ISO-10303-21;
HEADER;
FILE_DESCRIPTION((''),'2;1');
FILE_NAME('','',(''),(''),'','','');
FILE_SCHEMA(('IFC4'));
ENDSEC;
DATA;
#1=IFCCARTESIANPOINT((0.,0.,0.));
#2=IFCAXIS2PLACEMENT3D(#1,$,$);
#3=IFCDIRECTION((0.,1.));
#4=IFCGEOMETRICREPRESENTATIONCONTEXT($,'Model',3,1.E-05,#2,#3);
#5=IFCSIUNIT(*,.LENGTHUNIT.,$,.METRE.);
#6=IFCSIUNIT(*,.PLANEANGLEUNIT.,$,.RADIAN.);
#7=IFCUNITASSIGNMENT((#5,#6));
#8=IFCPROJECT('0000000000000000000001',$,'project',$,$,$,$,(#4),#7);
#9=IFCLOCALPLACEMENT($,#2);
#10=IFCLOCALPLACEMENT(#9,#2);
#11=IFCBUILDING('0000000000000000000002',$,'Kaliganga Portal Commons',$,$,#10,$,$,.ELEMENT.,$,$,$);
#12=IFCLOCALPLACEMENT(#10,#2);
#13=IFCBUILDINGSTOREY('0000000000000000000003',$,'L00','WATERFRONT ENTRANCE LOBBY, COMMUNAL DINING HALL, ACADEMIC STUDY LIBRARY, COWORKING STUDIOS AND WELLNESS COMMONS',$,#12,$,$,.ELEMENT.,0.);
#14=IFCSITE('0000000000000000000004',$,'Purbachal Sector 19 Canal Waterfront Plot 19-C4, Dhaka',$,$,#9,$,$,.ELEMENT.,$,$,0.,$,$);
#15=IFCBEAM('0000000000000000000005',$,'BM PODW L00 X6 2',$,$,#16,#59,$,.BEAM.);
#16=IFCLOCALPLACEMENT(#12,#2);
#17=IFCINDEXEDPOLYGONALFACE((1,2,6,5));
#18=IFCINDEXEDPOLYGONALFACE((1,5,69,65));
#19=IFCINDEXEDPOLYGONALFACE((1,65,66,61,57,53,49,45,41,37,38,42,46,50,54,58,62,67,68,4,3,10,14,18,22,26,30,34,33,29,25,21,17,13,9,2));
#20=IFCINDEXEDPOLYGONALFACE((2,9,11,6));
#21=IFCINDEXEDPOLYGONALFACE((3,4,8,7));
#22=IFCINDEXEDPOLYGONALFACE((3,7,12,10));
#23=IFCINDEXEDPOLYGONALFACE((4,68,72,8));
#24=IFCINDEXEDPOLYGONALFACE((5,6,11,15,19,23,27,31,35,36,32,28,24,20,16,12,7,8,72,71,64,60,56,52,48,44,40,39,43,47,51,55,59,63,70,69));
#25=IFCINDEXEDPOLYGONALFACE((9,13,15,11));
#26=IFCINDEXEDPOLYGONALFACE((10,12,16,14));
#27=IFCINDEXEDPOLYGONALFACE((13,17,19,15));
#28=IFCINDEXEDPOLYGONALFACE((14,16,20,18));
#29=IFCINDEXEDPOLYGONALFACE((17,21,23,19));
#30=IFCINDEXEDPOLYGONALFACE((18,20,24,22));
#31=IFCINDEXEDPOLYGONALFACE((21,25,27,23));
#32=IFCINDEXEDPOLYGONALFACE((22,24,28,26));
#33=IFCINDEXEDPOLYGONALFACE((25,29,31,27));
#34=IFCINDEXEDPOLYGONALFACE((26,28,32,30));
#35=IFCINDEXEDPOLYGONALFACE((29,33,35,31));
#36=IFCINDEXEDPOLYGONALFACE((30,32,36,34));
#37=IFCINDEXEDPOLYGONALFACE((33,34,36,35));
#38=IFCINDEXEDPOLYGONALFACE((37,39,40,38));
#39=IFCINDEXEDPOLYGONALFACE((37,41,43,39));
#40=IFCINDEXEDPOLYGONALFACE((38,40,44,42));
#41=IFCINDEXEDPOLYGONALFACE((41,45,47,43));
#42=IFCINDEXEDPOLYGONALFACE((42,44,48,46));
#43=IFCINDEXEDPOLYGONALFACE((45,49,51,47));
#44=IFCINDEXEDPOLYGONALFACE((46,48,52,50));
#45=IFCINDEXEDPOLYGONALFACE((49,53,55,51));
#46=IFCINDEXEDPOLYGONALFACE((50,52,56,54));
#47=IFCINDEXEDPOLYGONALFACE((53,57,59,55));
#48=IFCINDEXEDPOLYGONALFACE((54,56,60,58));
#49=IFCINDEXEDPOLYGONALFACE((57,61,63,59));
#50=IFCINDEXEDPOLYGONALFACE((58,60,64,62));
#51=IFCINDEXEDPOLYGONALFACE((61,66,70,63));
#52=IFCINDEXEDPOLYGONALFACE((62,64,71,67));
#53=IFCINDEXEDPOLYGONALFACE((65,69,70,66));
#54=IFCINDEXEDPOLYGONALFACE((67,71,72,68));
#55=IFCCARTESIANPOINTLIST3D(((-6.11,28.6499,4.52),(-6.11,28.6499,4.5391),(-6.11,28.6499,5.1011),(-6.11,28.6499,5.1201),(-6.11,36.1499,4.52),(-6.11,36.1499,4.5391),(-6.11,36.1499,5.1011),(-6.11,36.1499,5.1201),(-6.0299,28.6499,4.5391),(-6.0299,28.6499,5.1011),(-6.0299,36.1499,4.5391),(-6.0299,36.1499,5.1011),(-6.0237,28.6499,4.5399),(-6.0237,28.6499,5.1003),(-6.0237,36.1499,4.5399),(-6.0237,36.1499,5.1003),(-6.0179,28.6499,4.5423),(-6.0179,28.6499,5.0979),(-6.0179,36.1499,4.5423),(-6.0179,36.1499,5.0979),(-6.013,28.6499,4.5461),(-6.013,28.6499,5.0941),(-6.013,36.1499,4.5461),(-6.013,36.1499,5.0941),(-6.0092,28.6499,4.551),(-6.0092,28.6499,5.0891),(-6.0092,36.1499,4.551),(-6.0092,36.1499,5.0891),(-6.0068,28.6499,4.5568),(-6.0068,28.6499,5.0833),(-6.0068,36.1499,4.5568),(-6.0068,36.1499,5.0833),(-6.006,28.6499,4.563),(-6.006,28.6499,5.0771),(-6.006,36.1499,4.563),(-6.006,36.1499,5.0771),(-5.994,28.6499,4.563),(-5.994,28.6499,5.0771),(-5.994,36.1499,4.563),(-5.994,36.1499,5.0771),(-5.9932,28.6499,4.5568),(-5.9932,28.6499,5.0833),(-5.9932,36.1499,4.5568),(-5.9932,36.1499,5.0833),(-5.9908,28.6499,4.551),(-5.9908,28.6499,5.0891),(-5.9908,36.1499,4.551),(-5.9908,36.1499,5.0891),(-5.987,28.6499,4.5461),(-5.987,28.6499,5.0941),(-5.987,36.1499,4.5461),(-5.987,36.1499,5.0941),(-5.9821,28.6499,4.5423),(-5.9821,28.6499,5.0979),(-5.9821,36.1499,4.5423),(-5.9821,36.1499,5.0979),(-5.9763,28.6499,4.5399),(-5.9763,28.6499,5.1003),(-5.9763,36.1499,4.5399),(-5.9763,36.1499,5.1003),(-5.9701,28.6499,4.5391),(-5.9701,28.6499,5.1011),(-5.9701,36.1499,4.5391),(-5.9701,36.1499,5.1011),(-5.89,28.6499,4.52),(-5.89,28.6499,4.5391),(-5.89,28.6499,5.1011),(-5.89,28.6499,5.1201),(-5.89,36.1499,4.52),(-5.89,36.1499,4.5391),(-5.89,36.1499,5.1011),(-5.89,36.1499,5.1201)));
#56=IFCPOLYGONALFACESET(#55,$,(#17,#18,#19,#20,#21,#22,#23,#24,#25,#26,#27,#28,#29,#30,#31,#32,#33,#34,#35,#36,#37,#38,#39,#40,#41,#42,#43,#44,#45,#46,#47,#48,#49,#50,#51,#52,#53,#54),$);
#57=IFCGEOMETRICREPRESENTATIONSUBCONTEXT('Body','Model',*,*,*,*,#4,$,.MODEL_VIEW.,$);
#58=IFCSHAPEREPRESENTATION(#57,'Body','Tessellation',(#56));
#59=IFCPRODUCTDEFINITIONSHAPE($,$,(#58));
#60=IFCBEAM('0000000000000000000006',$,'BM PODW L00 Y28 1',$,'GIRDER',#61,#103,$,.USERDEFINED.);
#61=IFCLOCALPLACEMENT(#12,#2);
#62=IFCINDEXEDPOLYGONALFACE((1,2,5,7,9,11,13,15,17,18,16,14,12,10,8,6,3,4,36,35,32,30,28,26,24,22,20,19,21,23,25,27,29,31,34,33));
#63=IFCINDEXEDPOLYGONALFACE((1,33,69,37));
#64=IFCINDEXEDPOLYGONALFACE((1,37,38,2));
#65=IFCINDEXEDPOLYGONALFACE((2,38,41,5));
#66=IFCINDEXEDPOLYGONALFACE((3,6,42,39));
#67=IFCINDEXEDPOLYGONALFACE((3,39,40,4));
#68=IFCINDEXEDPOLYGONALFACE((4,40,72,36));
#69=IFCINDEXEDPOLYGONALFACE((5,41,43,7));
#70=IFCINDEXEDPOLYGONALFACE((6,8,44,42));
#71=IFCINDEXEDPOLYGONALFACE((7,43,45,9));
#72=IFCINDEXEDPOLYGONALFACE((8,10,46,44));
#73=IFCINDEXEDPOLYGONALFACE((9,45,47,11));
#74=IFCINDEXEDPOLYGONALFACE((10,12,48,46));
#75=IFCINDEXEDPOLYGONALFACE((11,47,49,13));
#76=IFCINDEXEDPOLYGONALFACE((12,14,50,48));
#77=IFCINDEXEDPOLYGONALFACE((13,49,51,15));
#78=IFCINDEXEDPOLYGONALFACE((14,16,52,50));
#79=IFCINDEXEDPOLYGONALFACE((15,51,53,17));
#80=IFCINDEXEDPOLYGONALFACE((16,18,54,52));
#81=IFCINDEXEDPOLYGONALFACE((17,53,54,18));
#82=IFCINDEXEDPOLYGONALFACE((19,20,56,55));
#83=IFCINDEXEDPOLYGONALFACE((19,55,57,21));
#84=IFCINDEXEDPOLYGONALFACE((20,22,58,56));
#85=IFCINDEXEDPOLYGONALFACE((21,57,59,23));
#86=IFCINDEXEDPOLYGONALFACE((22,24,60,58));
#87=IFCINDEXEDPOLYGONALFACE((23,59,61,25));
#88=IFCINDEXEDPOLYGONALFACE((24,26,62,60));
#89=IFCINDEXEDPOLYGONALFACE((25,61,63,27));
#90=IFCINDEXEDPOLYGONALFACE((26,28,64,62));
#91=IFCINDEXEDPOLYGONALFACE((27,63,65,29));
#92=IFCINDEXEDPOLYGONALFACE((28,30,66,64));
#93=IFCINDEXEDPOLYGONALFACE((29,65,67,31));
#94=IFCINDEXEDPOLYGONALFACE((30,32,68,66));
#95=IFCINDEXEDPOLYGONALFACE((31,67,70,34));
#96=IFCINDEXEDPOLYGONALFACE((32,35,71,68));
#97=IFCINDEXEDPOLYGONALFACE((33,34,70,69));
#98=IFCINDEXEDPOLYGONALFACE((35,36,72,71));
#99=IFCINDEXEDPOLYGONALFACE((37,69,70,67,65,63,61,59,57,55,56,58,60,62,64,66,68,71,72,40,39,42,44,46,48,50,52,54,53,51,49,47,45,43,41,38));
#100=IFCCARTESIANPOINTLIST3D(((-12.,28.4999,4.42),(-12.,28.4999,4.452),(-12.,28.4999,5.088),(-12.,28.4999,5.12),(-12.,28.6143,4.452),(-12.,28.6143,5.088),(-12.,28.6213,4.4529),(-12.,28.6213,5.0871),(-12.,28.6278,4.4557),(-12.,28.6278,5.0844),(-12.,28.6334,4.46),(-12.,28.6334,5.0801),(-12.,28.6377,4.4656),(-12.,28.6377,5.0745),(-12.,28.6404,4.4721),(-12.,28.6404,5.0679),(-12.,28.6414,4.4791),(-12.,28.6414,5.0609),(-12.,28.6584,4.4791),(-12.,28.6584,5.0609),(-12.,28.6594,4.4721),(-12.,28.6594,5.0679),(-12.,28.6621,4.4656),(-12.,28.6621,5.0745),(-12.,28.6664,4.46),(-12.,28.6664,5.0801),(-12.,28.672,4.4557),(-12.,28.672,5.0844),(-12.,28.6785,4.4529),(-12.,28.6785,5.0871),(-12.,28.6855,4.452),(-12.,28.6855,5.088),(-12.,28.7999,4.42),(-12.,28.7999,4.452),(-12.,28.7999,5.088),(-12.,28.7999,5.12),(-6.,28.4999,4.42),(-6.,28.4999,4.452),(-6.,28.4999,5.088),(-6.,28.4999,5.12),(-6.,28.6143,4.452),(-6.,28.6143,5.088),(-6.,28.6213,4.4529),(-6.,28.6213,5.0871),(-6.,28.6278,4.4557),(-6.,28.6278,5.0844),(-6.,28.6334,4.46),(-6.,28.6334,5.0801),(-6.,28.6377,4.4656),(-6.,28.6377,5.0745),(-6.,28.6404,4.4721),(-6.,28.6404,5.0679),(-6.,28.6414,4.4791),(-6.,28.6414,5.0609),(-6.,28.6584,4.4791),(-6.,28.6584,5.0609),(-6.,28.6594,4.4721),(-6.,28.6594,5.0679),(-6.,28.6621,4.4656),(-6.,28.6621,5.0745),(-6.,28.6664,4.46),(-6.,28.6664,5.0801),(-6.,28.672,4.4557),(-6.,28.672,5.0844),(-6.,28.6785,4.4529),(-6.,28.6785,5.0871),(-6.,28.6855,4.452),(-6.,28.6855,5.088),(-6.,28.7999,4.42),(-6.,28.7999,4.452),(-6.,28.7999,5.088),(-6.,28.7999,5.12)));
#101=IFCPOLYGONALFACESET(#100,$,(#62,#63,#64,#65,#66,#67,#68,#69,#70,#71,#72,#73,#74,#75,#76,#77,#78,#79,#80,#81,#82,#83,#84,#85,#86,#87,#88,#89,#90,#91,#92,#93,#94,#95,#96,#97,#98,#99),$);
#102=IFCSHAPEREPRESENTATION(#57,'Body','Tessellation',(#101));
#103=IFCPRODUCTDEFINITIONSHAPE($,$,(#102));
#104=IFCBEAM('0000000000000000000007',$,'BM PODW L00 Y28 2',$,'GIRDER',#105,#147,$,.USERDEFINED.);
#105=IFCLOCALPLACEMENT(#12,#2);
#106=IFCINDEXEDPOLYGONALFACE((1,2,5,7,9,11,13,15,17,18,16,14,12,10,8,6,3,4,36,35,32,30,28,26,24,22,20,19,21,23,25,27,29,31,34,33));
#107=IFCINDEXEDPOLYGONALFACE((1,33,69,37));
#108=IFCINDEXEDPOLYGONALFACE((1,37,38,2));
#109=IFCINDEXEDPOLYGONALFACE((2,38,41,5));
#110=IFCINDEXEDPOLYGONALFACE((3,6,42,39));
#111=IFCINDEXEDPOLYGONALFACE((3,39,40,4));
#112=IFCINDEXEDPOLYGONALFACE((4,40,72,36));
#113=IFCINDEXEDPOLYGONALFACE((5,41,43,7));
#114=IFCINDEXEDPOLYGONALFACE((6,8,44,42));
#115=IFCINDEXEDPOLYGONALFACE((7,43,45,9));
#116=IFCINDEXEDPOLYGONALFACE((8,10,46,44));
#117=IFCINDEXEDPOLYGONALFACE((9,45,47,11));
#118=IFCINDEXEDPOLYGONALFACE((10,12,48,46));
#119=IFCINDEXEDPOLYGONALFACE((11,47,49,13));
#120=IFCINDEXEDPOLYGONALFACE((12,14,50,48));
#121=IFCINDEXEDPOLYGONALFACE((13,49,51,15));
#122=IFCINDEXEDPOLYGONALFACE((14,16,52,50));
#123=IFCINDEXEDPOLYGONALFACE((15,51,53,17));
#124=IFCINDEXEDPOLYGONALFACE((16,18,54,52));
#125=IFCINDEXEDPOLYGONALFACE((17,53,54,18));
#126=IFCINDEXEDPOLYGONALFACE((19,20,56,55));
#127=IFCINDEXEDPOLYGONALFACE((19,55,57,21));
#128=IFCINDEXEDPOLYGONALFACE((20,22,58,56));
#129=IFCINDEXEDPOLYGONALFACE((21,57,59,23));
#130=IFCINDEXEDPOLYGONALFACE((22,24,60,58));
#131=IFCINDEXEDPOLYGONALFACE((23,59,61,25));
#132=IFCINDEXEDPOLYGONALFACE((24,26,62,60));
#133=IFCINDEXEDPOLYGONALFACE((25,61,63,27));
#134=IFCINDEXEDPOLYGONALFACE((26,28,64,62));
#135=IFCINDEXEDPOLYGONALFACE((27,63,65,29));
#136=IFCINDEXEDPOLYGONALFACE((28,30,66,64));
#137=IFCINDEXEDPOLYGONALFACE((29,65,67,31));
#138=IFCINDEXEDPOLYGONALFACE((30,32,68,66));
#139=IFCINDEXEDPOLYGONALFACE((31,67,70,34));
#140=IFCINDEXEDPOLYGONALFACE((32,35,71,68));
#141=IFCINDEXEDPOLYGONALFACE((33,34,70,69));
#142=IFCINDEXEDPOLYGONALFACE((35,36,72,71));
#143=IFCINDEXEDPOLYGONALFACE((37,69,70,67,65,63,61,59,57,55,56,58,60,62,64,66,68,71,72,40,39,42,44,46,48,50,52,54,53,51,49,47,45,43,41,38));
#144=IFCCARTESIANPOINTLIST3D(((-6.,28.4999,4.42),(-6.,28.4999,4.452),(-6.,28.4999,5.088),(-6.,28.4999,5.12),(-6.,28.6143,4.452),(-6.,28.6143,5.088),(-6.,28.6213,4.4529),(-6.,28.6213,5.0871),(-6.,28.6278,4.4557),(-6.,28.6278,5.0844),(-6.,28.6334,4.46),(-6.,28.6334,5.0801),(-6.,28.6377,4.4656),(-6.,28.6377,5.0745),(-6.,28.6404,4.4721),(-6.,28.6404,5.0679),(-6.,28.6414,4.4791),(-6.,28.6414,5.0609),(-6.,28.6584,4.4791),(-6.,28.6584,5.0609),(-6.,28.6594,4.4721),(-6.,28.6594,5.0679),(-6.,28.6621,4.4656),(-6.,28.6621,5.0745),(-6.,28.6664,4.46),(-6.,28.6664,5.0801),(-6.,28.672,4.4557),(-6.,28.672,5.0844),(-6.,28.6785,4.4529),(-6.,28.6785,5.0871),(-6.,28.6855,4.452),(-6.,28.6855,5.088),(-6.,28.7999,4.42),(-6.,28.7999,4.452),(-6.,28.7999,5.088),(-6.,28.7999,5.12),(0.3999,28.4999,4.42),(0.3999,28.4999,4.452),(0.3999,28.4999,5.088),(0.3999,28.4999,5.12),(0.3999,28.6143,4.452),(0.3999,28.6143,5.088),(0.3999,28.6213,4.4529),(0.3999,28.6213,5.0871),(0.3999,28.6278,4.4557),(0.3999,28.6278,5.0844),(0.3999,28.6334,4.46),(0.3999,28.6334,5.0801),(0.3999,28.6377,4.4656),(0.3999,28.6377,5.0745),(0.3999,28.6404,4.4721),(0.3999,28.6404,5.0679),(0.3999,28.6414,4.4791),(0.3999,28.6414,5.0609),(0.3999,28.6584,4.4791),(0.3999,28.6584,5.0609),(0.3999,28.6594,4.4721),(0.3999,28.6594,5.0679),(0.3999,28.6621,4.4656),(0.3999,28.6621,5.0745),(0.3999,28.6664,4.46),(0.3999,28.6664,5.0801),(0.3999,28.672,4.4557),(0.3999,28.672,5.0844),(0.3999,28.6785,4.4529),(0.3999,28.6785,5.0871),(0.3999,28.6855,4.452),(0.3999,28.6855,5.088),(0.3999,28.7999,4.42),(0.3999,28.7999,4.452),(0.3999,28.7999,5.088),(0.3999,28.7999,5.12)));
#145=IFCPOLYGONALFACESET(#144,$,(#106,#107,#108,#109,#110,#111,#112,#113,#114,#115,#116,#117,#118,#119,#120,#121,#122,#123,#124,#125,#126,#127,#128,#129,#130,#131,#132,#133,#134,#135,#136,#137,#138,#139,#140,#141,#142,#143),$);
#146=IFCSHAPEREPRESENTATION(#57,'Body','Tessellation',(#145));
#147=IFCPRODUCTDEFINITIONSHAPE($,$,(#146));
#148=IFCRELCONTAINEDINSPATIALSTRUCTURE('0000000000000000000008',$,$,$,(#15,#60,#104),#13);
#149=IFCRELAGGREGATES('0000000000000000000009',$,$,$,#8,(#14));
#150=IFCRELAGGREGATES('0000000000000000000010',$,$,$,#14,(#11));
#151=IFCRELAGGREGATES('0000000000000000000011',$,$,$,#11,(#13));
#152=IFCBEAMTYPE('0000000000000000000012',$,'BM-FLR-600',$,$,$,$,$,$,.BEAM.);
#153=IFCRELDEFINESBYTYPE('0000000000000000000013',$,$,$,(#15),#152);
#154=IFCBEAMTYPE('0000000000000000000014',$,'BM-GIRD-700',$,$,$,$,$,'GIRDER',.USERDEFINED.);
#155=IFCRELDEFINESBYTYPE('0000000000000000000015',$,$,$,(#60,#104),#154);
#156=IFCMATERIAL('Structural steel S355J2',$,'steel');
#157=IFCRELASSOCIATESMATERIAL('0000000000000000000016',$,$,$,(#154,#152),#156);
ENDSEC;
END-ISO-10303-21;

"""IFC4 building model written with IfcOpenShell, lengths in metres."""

from ifc_helpers import new_model, si_unit, direction, frame, origin, origin_2d, place, context, subcontext, project, spatial, i_section, extrude, source, transform, mapped, material, material_profile, profile_set, type_object, element, save


model = new_model("IFC4")

# Units and contexts
model_context = context("Model", 3, precision=1e-05, world=origin(), true_north=direction((0.0, 1.0)))
body_context = subcontext(model_context, "Body", "Model", "MODEL_VIEW")
ifc_project = project(units=[si_unit("LENGTHUNIT", "METRE"), si_unit("PLANEANGLEUNIT", "RADIAN")], contexts=[model_context])

# Site, building, storey
site_placement = place(None, origin())
site = spatial("IfcSite", under=ifc_project, at=site_placement, Name="Purbachal Sector 19 Canal Waterfront Plot 19-C4, Dhaka", CompositionType="ELEMENT", RefElevation=0.0)
building_placement = place(site_placement, origin())
building = spatial("IfcBuilding", under=site, at=building_placement, Name="Kaliganga Portal Commons", CompositionType="ELEMENT")
storey_placement = place(building_placement, origin())
storey = spatial("IfcBuildingStorey", under=building, at=storey_placement, Name="L00", Description="WATERFRONT ENTRANCE LOBBY, COMMUNAL DINING HALL, ACADEMIC STUDY LIBRARY, COWORKING STUDIOS AND WELLNESS COMMONS", CompositionType="ELEMENT", Elevation=0.0)

# Beams
ifc_material_1 = material(Name="Structural steel S355J2", Category="steel")
ifc_material_profile_1 = material_profile(ifc_material_1, i_section(OverallWidth=0.3, OverallDepth=0.7, WebThickness=0.0171, FlangeThickness=0.032, FilletRadius=0.0271, at=origin_2d()), Name="HE 700 B")
ifc_profile_set_1 = profile_set([ifc_material_profile_1], Name="Structural steel S355J2 wide-flange")
beam_type_1 = type_object("IfcBeamType", Name="BM-GIRD-700", ElementType="GIRDER", PredefinedType="USERDEFINED", material=ifc_profile_set_1)
ifc_material_profile_2 = material_profile(ifc_material_1, i_section(OverallWidth=0.22, OverallDepth=0.6001, WebThickness=0.012, FlangeThickness=0.019, FilletRadius=0.0239, at=origin_2d()), Name="IPE 600")
ifc_profile_set_2 = profile_set([ifc_material_profile_2], Name="Structural steel S355J2 wide-flange")
beam_type_2 = type_object("IfcBeamType", Name="BM-FLR-600", PredefinedType="BEAM", material=ifc_profile_set_2)
shared_shape_1 = source(origin(), body_context, "Body", "SweptSolid", [
    extrude(i_section(OverallWidth=0.22, OverallDepth=0.6001, WebThickness=0.012, FlangeThickness=0.019, FilletRadius=0.0239, at=origin_2d()), origin(), (0.0, 0.0, 1.0), 7.5),
])
for number, where, z_axis, x_axis, name in (
    (1, (-6.0, 28.6499, 4.8201), (0.0, 1.0, 0.0), (-1.0, 0.0, 0.0), "BM PODW L00 X6 2"),
):
    element("IfcBeam", number, at=place(storey_placement, frame(where, z_axis=z_axis, x_axis=x_axis)), inside=storey, type_object=beam_type_2, Name=name, PredefinedType="BEAM", context=body_context, shape_type="MappedRepresentation", body=[
        mapped(shared_shape_1, transform((0.0, 0.0, 0.0), x_axis=(1.0, 0.0, 0.0), y_axis=(0.0, 1.0, 0.0), z_axis=(0.0, 0.0, 1.0), scale=1.0)),
    ])
shared_shape_2 = source(origin(), body_context, "Body", "SweptSolid", [
    extrude(i_section(OverallWidth=0.3, OverallDepth=0.7, WebThickness=0.0171, FlangeThickness=0.032, FilletRadius=0.0271, at=origin_2d()), origin(), (0.0, 0.0, 1.0), 6.0),
])
beam_1_placement = place(storey_placement, frame((-12.0, 28.6499, 4.77), z_axis=(1.0, 0.0, 0.0), x_axis=(0.0, 1.0, 0.0)))
element("IfcBeam", 2, at=beam_1_placement, inside=storey, type_object=beam_type_1, Name="BM PODW L00 Y28 1", ObjectType="GIRDER", PredefinedType="USERDEFINED", context=body_context, shape_type="MappedRepresentation", body=[
    mapped(shared_shape_2, transform((0.0, 0.0, 0.0), x_axis=(1.0, 0.0, 0.0), y_axis=(0.0, 1.0, 0.0), z_axis=(0.0, 0.0, 1.0), scale=1.0)),
])
shared_shape_3 = source(origin(), body_context, "Body", "SweptSolid", [
    extrude(i_section(OverallWidth=0.3, OverallDepth=0.7, WebThickness=0.0171, FlangeThickness=0.032, FilletRadius=0.0271, at=origin_2d()), origin(), (0.0, 0.0, 1.0), 6.3999),
])
beam_2_placement = place(storey_placement, frame((-6.0, 28.6499, 4.77), z_axis=(1.0, 0.0, 0.0), x_axis=(0.0, 1.0, 0.0)))
element("IfcBeam", 3, at=beam_2_placement, inside=storey, type_object=beam_type_1, Name="BM PODW L00 Y28 2", ObjectType="GIRDER", PredefinedType="USERDEFINED", context=body_context, shape_type="MappedRepresentation", body=[
    mapped(shared_shape_3, transform((0.0, 0.0, 0.0), x_axis=(1.0, 0.0, 0.0), y_axis=(0.0, 1.0, 0.0), z_axis=(0.0, 0.0, 1.0), scale=1.0)),
])

save(model, "model.ifc")
